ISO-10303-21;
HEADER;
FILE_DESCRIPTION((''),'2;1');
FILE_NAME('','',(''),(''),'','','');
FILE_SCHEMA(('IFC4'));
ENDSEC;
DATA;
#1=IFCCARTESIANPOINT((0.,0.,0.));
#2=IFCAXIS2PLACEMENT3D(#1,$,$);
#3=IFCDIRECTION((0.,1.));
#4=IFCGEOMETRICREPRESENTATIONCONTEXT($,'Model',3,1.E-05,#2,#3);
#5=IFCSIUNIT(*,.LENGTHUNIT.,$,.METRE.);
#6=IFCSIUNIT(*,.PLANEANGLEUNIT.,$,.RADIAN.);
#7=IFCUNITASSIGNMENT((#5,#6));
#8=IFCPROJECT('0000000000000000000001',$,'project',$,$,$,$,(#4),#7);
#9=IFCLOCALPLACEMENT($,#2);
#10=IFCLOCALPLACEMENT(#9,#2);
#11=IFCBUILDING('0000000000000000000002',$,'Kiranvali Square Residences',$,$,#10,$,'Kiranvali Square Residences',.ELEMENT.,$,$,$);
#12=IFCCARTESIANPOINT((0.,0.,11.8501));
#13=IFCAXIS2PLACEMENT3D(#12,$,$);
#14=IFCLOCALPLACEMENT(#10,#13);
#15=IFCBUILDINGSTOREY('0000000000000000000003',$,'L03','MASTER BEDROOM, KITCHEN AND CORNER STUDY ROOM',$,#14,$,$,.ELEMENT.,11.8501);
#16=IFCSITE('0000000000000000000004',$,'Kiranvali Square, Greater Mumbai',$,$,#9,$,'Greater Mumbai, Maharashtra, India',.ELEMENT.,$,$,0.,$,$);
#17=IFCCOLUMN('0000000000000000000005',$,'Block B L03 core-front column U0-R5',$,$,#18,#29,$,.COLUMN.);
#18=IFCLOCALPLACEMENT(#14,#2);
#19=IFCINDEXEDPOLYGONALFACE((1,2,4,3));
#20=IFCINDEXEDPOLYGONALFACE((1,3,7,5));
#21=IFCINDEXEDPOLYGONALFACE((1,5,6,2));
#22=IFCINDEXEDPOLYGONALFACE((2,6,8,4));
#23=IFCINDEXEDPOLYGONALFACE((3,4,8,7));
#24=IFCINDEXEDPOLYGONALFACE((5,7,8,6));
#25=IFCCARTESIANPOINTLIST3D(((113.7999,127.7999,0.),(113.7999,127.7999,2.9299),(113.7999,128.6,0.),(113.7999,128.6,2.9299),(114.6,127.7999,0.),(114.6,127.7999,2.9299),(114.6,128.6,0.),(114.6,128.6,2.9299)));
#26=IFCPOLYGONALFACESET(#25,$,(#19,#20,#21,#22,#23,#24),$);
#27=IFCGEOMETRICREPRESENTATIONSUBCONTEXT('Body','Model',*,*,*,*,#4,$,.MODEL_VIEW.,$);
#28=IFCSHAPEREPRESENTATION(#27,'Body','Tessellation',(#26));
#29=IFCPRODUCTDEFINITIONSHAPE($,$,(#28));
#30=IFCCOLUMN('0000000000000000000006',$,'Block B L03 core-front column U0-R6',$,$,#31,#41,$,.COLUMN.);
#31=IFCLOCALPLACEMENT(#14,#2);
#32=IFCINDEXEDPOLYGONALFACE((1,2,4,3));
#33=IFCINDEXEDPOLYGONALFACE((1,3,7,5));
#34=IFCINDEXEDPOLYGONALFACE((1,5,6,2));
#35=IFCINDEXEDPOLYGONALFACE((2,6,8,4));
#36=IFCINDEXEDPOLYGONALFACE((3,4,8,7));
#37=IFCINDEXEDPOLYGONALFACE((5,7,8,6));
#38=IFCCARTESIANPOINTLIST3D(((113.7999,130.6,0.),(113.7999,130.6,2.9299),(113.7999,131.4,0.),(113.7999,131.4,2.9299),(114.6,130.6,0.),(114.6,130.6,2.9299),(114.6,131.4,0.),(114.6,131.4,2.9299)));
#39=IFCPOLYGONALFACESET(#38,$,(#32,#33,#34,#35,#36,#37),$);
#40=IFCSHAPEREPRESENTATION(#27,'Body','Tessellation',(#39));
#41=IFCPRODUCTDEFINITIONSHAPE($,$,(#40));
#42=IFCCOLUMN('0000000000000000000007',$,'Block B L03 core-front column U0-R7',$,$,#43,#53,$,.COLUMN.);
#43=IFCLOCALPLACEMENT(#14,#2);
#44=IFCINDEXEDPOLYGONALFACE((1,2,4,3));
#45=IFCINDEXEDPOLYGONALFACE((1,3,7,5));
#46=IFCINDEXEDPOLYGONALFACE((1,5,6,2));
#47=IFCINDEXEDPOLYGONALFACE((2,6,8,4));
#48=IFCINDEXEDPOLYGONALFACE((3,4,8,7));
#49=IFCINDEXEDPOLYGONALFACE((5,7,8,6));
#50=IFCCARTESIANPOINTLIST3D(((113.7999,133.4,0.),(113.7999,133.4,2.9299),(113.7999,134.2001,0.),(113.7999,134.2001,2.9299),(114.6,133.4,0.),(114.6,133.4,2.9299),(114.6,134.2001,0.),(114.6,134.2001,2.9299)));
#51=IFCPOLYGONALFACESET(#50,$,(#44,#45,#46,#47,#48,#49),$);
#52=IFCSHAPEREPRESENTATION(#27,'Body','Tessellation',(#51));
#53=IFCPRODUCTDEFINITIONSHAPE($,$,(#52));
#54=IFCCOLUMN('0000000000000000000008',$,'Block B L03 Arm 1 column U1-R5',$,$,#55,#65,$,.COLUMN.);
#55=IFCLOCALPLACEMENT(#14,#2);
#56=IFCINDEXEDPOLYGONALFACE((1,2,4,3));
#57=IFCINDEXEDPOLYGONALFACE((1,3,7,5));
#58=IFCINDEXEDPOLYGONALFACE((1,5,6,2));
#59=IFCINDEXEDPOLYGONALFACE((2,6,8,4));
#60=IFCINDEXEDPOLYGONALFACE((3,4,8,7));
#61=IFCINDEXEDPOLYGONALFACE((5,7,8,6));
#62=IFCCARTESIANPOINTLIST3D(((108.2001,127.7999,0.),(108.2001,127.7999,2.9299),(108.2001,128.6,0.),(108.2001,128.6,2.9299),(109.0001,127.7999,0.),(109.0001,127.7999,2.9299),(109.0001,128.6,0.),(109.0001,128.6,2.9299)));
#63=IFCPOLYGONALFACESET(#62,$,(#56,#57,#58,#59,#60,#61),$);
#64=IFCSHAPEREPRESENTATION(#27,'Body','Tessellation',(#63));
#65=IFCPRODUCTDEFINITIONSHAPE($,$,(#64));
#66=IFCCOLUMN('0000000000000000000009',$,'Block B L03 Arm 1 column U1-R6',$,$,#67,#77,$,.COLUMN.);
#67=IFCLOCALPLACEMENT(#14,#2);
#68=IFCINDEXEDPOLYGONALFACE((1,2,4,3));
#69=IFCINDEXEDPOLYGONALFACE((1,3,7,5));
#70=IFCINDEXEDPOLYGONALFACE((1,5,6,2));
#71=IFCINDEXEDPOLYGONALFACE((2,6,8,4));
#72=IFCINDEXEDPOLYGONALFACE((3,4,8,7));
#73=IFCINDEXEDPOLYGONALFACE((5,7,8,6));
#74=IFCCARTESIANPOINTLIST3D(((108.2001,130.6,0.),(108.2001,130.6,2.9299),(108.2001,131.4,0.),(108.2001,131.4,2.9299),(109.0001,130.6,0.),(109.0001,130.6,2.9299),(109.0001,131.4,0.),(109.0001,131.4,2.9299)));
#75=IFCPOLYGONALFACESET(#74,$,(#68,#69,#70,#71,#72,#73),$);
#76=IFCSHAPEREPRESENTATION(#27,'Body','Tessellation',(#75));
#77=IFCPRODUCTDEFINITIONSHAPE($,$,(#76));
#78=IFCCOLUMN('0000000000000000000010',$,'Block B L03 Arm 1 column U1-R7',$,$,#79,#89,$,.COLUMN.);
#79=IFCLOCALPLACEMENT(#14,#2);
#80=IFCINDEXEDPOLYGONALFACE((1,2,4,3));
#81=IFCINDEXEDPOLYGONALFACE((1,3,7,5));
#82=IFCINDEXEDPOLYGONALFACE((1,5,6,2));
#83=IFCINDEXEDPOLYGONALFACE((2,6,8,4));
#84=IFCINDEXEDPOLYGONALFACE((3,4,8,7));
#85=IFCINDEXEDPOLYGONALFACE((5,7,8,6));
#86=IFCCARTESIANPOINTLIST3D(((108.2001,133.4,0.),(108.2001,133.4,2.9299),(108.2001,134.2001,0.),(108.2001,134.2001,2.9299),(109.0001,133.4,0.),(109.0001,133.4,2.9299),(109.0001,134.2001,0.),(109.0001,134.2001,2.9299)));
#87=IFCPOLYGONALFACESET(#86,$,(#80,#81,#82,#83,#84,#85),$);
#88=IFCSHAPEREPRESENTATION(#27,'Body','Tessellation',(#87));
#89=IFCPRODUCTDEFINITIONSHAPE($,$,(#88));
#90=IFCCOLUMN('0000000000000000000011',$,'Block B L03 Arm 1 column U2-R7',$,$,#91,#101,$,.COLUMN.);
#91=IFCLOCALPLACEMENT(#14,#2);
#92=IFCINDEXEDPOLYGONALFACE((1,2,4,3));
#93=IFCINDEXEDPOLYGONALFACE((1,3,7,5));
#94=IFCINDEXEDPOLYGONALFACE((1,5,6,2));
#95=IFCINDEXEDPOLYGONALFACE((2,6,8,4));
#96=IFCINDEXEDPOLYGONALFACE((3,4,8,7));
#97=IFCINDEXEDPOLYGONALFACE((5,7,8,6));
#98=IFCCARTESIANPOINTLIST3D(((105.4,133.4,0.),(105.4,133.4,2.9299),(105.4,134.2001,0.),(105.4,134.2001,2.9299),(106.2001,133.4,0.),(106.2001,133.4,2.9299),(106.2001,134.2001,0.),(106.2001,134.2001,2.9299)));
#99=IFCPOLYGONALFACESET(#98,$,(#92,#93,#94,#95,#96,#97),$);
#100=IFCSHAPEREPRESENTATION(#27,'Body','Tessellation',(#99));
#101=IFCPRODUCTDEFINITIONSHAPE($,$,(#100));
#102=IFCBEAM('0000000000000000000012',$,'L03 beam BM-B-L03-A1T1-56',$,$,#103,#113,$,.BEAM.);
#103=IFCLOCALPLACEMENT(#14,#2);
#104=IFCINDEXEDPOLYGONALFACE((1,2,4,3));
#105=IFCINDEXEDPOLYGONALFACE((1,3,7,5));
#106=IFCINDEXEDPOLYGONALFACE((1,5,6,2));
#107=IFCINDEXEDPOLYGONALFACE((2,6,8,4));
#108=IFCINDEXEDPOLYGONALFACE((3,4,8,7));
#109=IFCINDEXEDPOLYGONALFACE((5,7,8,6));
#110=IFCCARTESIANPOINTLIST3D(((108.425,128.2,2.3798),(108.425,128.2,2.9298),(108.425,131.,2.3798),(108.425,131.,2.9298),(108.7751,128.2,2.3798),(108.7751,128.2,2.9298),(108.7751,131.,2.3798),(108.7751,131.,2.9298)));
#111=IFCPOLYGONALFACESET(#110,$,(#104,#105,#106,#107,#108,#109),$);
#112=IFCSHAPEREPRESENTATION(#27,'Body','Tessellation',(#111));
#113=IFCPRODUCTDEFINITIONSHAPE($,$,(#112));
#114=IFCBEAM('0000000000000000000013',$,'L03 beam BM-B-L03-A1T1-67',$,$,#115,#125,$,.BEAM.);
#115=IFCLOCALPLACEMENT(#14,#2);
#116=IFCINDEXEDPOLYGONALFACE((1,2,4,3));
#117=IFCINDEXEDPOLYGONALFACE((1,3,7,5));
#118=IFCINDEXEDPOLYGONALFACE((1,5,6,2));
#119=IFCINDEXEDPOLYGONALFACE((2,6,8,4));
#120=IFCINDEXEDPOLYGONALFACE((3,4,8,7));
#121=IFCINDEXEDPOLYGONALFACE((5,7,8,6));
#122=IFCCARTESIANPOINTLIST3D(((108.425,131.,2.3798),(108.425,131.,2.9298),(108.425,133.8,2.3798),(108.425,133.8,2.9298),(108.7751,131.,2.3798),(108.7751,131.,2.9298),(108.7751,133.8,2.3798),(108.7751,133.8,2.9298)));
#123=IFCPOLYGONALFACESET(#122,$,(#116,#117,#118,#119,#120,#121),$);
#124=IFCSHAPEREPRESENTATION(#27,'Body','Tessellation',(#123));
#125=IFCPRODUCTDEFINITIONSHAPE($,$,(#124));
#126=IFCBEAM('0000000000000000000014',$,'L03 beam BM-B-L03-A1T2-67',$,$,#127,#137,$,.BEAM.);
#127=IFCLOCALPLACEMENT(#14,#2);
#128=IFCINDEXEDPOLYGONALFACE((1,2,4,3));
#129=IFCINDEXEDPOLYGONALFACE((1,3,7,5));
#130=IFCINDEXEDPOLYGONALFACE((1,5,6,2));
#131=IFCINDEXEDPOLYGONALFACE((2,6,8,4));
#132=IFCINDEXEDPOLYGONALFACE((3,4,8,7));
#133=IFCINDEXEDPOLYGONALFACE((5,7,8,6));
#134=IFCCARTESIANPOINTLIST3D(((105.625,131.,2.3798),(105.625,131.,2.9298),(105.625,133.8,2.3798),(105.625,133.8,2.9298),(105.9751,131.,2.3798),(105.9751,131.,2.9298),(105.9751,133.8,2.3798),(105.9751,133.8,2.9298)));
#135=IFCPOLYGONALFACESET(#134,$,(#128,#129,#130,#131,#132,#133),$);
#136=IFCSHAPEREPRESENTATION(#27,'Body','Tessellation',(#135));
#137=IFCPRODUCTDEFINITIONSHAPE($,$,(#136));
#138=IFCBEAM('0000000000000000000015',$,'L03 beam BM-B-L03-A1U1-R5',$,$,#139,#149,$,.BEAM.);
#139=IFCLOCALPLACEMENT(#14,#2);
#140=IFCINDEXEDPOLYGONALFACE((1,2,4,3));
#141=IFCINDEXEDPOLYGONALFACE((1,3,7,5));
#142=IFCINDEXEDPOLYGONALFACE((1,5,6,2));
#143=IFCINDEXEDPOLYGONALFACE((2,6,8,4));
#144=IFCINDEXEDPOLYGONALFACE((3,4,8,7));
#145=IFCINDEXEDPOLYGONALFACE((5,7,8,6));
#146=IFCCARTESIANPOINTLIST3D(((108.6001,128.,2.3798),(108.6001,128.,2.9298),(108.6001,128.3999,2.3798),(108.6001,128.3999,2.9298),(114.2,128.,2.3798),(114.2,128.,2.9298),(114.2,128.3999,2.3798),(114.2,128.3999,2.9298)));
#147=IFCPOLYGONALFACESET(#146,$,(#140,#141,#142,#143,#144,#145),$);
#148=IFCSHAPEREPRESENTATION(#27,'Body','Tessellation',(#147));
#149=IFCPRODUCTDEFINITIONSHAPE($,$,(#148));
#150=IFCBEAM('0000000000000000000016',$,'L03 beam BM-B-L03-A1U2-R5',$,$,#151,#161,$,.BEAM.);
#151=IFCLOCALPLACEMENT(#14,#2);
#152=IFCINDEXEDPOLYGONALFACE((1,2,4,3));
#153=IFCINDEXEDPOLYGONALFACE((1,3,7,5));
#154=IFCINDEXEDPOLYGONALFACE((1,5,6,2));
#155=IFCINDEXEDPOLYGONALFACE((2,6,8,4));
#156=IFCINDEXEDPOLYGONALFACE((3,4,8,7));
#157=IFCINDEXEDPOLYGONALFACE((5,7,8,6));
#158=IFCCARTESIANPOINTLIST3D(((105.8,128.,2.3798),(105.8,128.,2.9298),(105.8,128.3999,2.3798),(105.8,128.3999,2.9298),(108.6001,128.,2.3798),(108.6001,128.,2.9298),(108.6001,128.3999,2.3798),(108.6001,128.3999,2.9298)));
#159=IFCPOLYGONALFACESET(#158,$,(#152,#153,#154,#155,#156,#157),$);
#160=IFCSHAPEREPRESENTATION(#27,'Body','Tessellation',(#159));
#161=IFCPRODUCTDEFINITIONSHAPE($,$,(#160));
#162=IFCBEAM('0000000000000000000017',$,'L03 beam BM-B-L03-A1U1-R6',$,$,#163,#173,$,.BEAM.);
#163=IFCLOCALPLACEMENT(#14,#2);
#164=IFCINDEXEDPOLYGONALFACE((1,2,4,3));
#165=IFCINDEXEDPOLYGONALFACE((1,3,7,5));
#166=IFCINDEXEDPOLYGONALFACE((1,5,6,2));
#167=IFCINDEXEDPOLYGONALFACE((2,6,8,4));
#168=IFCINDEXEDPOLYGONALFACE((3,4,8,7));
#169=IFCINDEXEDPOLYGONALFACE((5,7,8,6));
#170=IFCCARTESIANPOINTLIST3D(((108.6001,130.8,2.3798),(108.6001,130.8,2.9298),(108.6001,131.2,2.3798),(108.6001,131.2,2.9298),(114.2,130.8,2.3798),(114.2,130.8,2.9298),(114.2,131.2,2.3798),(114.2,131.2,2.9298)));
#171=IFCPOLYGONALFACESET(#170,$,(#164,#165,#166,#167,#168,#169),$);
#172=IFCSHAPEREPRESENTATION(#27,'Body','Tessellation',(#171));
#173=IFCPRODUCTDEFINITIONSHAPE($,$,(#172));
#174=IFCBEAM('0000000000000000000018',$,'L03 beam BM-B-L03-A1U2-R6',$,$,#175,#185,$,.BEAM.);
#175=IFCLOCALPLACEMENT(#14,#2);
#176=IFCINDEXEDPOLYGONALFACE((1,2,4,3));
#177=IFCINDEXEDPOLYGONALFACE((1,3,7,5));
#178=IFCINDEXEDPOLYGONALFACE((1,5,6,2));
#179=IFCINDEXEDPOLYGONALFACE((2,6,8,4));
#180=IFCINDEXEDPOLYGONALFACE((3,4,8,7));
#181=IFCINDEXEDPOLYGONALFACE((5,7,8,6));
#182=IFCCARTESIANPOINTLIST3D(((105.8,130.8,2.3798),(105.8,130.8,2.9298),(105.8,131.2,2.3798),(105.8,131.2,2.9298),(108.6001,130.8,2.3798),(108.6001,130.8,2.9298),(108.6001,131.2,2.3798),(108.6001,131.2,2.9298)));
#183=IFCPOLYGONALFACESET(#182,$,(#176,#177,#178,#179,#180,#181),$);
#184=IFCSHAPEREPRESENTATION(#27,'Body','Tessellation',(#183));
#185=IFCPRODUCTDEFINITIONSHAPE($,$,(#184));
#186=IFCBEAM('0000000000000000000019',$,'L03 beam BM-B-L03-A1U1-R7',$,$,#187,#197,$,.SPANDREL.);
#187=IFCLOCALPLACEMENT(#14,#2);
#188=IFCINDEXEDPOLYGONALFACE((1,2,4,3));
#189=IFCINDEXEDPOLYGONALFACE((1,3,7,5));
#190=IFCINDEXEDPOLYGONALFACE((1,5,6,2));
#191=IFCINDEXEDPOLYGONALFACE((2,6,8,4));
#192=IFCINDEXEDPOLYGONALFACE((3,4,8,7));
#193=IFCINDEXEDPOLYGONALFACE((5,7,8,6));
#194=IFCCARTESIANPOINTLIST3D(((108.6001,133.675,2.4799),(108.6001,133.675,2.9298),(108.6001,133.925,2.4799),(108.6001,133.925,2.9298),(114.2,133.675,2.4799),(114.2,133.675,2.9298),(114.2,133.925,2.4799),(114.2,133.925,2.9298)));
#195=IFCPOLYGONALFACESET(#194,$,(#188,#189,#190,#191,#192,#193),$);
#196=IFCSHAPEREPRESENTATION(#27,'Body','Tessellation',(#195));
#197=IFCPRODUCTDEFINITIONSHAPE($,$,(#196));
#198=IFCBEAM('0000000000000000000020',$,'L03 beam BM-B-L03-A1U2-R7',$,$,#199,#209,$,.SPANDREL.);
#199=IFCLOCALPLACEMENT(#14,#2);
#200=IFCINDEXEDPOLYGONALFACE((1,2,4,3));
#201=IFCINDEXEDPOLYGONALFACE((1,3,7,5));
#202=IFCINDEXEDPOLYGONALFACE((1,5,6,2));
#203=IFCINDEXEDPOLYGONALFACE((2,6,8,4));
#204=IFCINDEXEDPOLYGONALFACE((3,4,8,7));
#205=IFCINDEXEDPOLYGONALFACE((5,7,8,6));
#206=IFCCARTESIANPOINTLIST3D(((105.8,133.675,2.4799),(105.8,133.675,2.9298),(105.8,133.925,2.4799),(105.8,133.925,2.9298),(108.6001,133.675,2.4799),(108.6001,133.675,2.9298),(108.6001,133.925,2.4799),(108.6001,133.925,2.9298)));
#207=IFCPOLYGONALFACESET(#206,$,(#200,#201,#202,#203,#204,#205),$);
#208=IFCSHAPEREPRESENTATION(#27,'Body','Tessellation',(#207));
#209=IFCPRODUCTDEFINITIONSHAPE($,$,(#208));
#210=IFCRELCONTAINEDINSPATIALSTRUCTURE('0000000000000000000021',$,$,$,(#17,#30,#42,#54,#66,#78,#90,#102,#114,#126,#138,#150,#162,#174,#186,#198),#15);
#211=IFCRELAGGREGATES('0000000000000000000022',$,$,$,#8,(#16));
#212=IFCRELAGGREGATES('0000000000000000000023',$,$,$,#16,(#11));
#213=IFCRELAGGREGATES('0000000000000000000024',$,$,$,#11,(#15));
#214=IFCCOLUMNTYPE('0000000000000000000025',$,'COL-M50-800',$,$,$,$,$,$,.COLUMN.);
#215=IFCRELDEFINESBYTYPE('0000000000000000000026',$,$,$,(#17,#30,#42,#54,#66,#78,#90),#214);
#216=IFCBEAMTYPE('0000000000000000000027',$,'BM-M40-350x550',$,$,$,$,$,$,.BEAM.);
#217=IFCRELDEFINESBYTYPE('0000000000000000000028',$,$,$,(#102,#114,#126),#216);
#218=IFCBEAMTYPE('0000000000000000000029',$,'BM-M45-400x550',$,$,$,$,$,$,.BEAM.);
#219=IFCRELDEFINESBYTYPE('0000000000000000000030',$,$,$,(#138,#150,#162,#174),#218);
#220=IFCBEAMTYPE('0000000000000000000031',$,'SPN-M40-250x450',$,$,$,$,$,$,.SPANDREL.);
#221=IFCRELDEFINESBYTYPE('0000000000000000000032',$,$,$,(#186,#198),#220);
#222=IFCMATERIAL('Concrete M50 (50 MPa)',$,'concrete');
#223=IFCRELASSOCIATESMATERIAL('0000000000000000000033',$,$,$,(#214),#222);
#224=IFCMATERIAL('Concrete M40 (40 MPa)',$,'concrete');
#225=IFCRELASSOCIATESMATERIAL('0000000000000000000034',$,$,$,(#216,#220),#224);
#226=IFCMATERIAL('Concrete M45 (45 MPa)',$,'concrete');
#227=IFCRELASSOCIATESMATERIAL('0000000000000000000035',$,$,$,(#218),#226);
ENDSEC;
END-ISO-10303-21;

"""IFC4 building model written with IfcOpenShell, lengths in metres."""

from ifc_helpers import new_model, si_unit, direction, frame, origin, origin_2d, place, context, subcontext, project, spatial, rectangle, extrude, material, material_profile, profile_set, type_object, element, save


model = new_model("IFC4")

# Units and contexts
model_context = context("Model", 3, precision=1e-05, world=origin(), true_north=direction((0.0, 1.0)))
body_context = subcontext(model_context, "Body", "Model", "MODEL_VIEW")
ifc_project = project(units=[si_unit("LENGTHUNIT", "METRE"), si_unit("PLANEANGLEUNIT", "RADIAN")], contexts=[model_context])

# Site, building, storey
site_placement = place(None, origin())
site = spatial("IfcSite", under=ifc_project, at=site_placement, Name="Kiranvali Square, Greater Mumbai", LongName="Greater Mumbai, Maharashtra, India", CompositionType="ELEMENT", RefElevation=0.0)
building_placement = place(site_placement, origin())
building = spatial("IfcBuilding", under=site, at=building_placement, Name="Kiranvali Square Residences", LongName="Kiranvali Square Residences", CompositionType="ELEMENT")
storey_placement = place(building_placement, frame((0.0, 0.0, 11.8501)))
storey = spatial("IfcBuildingStorey", under=building, at=storey_placement, Name="L03", Description="MASTER BEDROOM, KITCHEN AND CORNER STUDY ROOM", CompositionType="ELEMENT", Elevation=11.8501)

# Columns
ifc_material_1 = material(Name="Concrete M50 (50 MPa)", Category="concrete")
ifc_material_profile_1 = material_profile(ifc_material_1, rectangle(XDim=0.8, YDim=0.8, at=origin_2d()), Name="RC 800x800")
ifc_profile_set_1 = profile_set([ifc_material_profile_1], Name="Concrete M50 (50 MPa)")
column_type = type_object("IfcColumnType", Name="COL-M50-800", PredefinedType="COLUMN", material=ifc_profile_set_1)
for number, where, z_axis, x_axis, name in (
    (1, (114.2, 128.2, 0.0), (0.0, 0.0, 1.0), (1.0, 0.0, 0.0), "Block B L03 core-front column U0-R5"),
    (2, (114.2, 131.0, 0.0), (0.0, 0.0, 1.0), (1.0, 0.0, 0.0), "Block B L03 core-front column U0-R6"),
    (3, (114.2, 133.8, 0.0), (0.0, 0.0, 1.0), (1.0, 0.0, 0.0), "Block B L03 core-front column U0-R7"),
    (4, (108.6001, 128.2, 0.0), (0.0, 0.0, 1.0), (1.0, 0.0, 0.0), "Block B L03 Arm 1 column U1-R5"),
    (5, (108.6001, 131.0, 0.0), (0.0, 0.0, 1.0), (1.0, 0.0, 0.0), "Block B L03 Arm 1 column U1-R6"),
    (6, (108.6001, 133.8, 0.0), (0.0, 0.0, 1.0), (1.0, 0.0, 0.0), "Block B L03 Arm 1 column U1-R7"),
    (7, (105.8, 133.8, 0.0), (0.0, 0.0, 1.0), (1.0, 0.0, 0.0), "Block B L03 Arm 1 column U2-R7"),
):
    element("IfcColumn", number, at=place(storey_placement, frame(where, z_axis=z_axis, x_axis=x_axis)), inside=storey, type_object=column_type, Name=name, PredefinedType="COLUMN", context=body_context, shape_type="SweptSolid", body=[
        extrude(rectangle(XDim=0.8, YDim=0.8, at=origin_2d()), origin(), (0.0, 0.0, 1.0), 2.9299),
    ])

# Beams
ifc_material_2 = material(Name="Concrete M40 (40 MPa)", Category="concrete")
ifc_material_profile_2 = material_profile(ifc_material_2, rectangle(XDim=0.3501, YDim=0.55, at=origin_2d()), Name="RC 350x550")
ifc_profile_set_2 = profile_set([ifc_material_profile_2], Name="Concrete M40 (40 MPa)")
beam_type_1 = type_object("IfcBeamType", Name="BM-M40-350x550", PredefinedType="BEAM", material=ifc_profile_set_2)
for number, where, z_axis, x_axis, name in (
    (8, (108.6001, 128.2, 2.6548), (0.0, 1.0, 0.0), (-1.0, 0.0, 0.0), "L03 beam BM-B-L03-A1T1-56"),
    (9, (108.6001, 131.0, 2.6548), (0.0, 1.0, 0.0), (-1.0, 0.0, 0.0), "L03 beam BM-B-L03-A1T1-67"),
    (10, (105.8, 131.0, 2.6548), (0.0, 1.0, 0.0), (-1.0, 0.0, 0.0), "L03 beam BM-B-L03-A1T2-67"),
):
    element("IfcBeam", number, at=place(storey_placement, frame(where, z_axis=z_axis, x_axis=x_axis)), inside=storey, type_object=beam_type_1, Name=name, PredefinedType="BEAM", context=body_context, shape_type="SweptSolid", body=[
        extrude(rectangle(XDim=0.3501, YDim=0.55, at=origin_2d()), origin(), (0.0, 0.0, 1.0), 2.8),
    ])
ifc_material_3 = material(Name="Concrete M45 (45 MPa)", Category="concrete")
ifc_material_profile_3 = material_profile(ifc_material_3, rectangle(XDim=0.3999, YDim=0.55, at=origin_2d()), Name="RC 400x550")
ifc_profile_set_3 = profile_set([ifc_material_profile_3], Name="Concrete M45 (45 MPa)")
beam_type_2 = type_object("IfcBeamType", Name="BM-M45-400x550", PredefinedType="BEAM", material=ifc_profile_set_3)
beam_1_placement = place(storey_placement, frame((114.2, 128.2, 2.6548), z_axis=(-1.0, 0.0, 0.0), x_axis=(0.0, -1.0, 0.0)))
element("IfcBeam", 11, at=beam_1_placement, inside=storey, type_object=beam_type_2, Name="L03 beam BM-B-L03-A1U1-R5", PredefinedType="BEAM", context=body_context, shape_type="SweptSolid", body=[
    extrude(rectangle(XDim=0.3999, YDim=0.55, at=origin_2d()), origin(), (0.0, 0.0, 1.0), 5.5999),
])
beam_2_placement = place(storey_placement, frame((108.6001, 128.2, 2.6548), z_axis=(-1.0, 0.0, 0.0), x_axis=(0.0, -1.0, 0.0)))
element("IfcBeam", 12, at=beam_2_placement, inside=storey, type_object=beam_type_2, Name="L03 beam BM-B-L03-A1U2-R5", PredefinedType="BEAM", context=body_context, shape_type="SweptSolid", body=[
    extrude(rectangle(XDim=0.3999, YDim=0.55, at=origin_2d()), origin(), (0.0, 0.0, 1.0), 2.8),
])
beam_3_placement = place(storey_placement, frame((114.2, 131.0, 2.6548), z_axis=(-1.0, 0.0, 0.0), x_axis=(0.0, -1.0, 0.0)))
element("IfcBeam", 13, at=beam_3_placement, inside=storey, type_object=beam_type_2, Name="L03 beam BM-B-L03-A1U1-R6", PredefinedType="BEAM", context=body_context, shape_type="SweptSolid", body=[
    extrude(rectangle(XDim=0.3999, YDim=0.55, at=origin_2d()), origin(), (0.0, 0.0, 1.0), 5.5999),
])
beam_4_placement = place(storey_placement, frame((108.6001, 131.0, 2.6548), z_axis=(-1.0, 0.0, 0.0), x_axis=(0.0, -1.0, 0.0)))
element("IfcBeam", 14, at=beam_4_placement, inside=storey, type_object=beam_type_2, Name="L03 beam BM-B-L03-A1U2-R6", PredefinedType="BEAM", context=body_context, shape_type="SweptSolid", body=[
    extrude(rectangle(XDim=0.3999, YDim=0.55, at=origin_2d()), origin(), (0.0, 0.0, 1.0), 2.8),
])
ifc_material_profile_4 = material_profile(ifc_material_2, rectangle(XDim=0.25, YDim=0.45, at=origin_2d()), Name="RC 250x450")
ifc_profile_set_4 = profile_set([ifc_material_profile_4], Name="Concrete M40 (40 MPa)")
beam_type_3 = type_object("IfcBeamType", Name="SPN-M40-250x450", PredefinedType="SPANDREL", material=ifc_profile_set_4)
beam_5_placement = place(storey_placement, frame((114.2, 133.8, 2.7048), z_axis=(-1.0, 0.0, 0.0), x_axis=(0.0, -1.0, 0.0)))
element("IfcBeam", 15, at=beam_5_placement, inside=storey, type_object=beam_type_3, Name="L03 beam BM-B-L03-A1U1-R7", PredefinedType="SPANDREL", context=body_context, shape_type="SweptSolid", body=[
    extrude(rectangle(XDim=0.25, YDim=0.45, at=origin_2d()), origin(), (0.0, 0.0, 1.0), 5.5999),
])
for number, where, z_axis, x_axis, name in (
    (16, (108.6001, 133.8, 2.7048), (-1.0, 0.0, 0.0), (0.0, -1.0, 0.0), "L03 beam BM-B-L03-A1U2-R7"),
):
    element("IfcBeam", number, at=place(storey_placement, frame(where, z_axis=z_axis, x_axis=x_axis)), inside=storey, type_object=beam_type_3, Name=name, PredefinedType="SPANDREL", context=body_context, shape_type="SweptSolid", body=[
        extrude(rectangle(XDim=0.25, YDim=0.45, at=origin_2d()), origin(), (0.0, 0.0, 1.0), 2.8),
    ])

save(model, "model.ifc")
